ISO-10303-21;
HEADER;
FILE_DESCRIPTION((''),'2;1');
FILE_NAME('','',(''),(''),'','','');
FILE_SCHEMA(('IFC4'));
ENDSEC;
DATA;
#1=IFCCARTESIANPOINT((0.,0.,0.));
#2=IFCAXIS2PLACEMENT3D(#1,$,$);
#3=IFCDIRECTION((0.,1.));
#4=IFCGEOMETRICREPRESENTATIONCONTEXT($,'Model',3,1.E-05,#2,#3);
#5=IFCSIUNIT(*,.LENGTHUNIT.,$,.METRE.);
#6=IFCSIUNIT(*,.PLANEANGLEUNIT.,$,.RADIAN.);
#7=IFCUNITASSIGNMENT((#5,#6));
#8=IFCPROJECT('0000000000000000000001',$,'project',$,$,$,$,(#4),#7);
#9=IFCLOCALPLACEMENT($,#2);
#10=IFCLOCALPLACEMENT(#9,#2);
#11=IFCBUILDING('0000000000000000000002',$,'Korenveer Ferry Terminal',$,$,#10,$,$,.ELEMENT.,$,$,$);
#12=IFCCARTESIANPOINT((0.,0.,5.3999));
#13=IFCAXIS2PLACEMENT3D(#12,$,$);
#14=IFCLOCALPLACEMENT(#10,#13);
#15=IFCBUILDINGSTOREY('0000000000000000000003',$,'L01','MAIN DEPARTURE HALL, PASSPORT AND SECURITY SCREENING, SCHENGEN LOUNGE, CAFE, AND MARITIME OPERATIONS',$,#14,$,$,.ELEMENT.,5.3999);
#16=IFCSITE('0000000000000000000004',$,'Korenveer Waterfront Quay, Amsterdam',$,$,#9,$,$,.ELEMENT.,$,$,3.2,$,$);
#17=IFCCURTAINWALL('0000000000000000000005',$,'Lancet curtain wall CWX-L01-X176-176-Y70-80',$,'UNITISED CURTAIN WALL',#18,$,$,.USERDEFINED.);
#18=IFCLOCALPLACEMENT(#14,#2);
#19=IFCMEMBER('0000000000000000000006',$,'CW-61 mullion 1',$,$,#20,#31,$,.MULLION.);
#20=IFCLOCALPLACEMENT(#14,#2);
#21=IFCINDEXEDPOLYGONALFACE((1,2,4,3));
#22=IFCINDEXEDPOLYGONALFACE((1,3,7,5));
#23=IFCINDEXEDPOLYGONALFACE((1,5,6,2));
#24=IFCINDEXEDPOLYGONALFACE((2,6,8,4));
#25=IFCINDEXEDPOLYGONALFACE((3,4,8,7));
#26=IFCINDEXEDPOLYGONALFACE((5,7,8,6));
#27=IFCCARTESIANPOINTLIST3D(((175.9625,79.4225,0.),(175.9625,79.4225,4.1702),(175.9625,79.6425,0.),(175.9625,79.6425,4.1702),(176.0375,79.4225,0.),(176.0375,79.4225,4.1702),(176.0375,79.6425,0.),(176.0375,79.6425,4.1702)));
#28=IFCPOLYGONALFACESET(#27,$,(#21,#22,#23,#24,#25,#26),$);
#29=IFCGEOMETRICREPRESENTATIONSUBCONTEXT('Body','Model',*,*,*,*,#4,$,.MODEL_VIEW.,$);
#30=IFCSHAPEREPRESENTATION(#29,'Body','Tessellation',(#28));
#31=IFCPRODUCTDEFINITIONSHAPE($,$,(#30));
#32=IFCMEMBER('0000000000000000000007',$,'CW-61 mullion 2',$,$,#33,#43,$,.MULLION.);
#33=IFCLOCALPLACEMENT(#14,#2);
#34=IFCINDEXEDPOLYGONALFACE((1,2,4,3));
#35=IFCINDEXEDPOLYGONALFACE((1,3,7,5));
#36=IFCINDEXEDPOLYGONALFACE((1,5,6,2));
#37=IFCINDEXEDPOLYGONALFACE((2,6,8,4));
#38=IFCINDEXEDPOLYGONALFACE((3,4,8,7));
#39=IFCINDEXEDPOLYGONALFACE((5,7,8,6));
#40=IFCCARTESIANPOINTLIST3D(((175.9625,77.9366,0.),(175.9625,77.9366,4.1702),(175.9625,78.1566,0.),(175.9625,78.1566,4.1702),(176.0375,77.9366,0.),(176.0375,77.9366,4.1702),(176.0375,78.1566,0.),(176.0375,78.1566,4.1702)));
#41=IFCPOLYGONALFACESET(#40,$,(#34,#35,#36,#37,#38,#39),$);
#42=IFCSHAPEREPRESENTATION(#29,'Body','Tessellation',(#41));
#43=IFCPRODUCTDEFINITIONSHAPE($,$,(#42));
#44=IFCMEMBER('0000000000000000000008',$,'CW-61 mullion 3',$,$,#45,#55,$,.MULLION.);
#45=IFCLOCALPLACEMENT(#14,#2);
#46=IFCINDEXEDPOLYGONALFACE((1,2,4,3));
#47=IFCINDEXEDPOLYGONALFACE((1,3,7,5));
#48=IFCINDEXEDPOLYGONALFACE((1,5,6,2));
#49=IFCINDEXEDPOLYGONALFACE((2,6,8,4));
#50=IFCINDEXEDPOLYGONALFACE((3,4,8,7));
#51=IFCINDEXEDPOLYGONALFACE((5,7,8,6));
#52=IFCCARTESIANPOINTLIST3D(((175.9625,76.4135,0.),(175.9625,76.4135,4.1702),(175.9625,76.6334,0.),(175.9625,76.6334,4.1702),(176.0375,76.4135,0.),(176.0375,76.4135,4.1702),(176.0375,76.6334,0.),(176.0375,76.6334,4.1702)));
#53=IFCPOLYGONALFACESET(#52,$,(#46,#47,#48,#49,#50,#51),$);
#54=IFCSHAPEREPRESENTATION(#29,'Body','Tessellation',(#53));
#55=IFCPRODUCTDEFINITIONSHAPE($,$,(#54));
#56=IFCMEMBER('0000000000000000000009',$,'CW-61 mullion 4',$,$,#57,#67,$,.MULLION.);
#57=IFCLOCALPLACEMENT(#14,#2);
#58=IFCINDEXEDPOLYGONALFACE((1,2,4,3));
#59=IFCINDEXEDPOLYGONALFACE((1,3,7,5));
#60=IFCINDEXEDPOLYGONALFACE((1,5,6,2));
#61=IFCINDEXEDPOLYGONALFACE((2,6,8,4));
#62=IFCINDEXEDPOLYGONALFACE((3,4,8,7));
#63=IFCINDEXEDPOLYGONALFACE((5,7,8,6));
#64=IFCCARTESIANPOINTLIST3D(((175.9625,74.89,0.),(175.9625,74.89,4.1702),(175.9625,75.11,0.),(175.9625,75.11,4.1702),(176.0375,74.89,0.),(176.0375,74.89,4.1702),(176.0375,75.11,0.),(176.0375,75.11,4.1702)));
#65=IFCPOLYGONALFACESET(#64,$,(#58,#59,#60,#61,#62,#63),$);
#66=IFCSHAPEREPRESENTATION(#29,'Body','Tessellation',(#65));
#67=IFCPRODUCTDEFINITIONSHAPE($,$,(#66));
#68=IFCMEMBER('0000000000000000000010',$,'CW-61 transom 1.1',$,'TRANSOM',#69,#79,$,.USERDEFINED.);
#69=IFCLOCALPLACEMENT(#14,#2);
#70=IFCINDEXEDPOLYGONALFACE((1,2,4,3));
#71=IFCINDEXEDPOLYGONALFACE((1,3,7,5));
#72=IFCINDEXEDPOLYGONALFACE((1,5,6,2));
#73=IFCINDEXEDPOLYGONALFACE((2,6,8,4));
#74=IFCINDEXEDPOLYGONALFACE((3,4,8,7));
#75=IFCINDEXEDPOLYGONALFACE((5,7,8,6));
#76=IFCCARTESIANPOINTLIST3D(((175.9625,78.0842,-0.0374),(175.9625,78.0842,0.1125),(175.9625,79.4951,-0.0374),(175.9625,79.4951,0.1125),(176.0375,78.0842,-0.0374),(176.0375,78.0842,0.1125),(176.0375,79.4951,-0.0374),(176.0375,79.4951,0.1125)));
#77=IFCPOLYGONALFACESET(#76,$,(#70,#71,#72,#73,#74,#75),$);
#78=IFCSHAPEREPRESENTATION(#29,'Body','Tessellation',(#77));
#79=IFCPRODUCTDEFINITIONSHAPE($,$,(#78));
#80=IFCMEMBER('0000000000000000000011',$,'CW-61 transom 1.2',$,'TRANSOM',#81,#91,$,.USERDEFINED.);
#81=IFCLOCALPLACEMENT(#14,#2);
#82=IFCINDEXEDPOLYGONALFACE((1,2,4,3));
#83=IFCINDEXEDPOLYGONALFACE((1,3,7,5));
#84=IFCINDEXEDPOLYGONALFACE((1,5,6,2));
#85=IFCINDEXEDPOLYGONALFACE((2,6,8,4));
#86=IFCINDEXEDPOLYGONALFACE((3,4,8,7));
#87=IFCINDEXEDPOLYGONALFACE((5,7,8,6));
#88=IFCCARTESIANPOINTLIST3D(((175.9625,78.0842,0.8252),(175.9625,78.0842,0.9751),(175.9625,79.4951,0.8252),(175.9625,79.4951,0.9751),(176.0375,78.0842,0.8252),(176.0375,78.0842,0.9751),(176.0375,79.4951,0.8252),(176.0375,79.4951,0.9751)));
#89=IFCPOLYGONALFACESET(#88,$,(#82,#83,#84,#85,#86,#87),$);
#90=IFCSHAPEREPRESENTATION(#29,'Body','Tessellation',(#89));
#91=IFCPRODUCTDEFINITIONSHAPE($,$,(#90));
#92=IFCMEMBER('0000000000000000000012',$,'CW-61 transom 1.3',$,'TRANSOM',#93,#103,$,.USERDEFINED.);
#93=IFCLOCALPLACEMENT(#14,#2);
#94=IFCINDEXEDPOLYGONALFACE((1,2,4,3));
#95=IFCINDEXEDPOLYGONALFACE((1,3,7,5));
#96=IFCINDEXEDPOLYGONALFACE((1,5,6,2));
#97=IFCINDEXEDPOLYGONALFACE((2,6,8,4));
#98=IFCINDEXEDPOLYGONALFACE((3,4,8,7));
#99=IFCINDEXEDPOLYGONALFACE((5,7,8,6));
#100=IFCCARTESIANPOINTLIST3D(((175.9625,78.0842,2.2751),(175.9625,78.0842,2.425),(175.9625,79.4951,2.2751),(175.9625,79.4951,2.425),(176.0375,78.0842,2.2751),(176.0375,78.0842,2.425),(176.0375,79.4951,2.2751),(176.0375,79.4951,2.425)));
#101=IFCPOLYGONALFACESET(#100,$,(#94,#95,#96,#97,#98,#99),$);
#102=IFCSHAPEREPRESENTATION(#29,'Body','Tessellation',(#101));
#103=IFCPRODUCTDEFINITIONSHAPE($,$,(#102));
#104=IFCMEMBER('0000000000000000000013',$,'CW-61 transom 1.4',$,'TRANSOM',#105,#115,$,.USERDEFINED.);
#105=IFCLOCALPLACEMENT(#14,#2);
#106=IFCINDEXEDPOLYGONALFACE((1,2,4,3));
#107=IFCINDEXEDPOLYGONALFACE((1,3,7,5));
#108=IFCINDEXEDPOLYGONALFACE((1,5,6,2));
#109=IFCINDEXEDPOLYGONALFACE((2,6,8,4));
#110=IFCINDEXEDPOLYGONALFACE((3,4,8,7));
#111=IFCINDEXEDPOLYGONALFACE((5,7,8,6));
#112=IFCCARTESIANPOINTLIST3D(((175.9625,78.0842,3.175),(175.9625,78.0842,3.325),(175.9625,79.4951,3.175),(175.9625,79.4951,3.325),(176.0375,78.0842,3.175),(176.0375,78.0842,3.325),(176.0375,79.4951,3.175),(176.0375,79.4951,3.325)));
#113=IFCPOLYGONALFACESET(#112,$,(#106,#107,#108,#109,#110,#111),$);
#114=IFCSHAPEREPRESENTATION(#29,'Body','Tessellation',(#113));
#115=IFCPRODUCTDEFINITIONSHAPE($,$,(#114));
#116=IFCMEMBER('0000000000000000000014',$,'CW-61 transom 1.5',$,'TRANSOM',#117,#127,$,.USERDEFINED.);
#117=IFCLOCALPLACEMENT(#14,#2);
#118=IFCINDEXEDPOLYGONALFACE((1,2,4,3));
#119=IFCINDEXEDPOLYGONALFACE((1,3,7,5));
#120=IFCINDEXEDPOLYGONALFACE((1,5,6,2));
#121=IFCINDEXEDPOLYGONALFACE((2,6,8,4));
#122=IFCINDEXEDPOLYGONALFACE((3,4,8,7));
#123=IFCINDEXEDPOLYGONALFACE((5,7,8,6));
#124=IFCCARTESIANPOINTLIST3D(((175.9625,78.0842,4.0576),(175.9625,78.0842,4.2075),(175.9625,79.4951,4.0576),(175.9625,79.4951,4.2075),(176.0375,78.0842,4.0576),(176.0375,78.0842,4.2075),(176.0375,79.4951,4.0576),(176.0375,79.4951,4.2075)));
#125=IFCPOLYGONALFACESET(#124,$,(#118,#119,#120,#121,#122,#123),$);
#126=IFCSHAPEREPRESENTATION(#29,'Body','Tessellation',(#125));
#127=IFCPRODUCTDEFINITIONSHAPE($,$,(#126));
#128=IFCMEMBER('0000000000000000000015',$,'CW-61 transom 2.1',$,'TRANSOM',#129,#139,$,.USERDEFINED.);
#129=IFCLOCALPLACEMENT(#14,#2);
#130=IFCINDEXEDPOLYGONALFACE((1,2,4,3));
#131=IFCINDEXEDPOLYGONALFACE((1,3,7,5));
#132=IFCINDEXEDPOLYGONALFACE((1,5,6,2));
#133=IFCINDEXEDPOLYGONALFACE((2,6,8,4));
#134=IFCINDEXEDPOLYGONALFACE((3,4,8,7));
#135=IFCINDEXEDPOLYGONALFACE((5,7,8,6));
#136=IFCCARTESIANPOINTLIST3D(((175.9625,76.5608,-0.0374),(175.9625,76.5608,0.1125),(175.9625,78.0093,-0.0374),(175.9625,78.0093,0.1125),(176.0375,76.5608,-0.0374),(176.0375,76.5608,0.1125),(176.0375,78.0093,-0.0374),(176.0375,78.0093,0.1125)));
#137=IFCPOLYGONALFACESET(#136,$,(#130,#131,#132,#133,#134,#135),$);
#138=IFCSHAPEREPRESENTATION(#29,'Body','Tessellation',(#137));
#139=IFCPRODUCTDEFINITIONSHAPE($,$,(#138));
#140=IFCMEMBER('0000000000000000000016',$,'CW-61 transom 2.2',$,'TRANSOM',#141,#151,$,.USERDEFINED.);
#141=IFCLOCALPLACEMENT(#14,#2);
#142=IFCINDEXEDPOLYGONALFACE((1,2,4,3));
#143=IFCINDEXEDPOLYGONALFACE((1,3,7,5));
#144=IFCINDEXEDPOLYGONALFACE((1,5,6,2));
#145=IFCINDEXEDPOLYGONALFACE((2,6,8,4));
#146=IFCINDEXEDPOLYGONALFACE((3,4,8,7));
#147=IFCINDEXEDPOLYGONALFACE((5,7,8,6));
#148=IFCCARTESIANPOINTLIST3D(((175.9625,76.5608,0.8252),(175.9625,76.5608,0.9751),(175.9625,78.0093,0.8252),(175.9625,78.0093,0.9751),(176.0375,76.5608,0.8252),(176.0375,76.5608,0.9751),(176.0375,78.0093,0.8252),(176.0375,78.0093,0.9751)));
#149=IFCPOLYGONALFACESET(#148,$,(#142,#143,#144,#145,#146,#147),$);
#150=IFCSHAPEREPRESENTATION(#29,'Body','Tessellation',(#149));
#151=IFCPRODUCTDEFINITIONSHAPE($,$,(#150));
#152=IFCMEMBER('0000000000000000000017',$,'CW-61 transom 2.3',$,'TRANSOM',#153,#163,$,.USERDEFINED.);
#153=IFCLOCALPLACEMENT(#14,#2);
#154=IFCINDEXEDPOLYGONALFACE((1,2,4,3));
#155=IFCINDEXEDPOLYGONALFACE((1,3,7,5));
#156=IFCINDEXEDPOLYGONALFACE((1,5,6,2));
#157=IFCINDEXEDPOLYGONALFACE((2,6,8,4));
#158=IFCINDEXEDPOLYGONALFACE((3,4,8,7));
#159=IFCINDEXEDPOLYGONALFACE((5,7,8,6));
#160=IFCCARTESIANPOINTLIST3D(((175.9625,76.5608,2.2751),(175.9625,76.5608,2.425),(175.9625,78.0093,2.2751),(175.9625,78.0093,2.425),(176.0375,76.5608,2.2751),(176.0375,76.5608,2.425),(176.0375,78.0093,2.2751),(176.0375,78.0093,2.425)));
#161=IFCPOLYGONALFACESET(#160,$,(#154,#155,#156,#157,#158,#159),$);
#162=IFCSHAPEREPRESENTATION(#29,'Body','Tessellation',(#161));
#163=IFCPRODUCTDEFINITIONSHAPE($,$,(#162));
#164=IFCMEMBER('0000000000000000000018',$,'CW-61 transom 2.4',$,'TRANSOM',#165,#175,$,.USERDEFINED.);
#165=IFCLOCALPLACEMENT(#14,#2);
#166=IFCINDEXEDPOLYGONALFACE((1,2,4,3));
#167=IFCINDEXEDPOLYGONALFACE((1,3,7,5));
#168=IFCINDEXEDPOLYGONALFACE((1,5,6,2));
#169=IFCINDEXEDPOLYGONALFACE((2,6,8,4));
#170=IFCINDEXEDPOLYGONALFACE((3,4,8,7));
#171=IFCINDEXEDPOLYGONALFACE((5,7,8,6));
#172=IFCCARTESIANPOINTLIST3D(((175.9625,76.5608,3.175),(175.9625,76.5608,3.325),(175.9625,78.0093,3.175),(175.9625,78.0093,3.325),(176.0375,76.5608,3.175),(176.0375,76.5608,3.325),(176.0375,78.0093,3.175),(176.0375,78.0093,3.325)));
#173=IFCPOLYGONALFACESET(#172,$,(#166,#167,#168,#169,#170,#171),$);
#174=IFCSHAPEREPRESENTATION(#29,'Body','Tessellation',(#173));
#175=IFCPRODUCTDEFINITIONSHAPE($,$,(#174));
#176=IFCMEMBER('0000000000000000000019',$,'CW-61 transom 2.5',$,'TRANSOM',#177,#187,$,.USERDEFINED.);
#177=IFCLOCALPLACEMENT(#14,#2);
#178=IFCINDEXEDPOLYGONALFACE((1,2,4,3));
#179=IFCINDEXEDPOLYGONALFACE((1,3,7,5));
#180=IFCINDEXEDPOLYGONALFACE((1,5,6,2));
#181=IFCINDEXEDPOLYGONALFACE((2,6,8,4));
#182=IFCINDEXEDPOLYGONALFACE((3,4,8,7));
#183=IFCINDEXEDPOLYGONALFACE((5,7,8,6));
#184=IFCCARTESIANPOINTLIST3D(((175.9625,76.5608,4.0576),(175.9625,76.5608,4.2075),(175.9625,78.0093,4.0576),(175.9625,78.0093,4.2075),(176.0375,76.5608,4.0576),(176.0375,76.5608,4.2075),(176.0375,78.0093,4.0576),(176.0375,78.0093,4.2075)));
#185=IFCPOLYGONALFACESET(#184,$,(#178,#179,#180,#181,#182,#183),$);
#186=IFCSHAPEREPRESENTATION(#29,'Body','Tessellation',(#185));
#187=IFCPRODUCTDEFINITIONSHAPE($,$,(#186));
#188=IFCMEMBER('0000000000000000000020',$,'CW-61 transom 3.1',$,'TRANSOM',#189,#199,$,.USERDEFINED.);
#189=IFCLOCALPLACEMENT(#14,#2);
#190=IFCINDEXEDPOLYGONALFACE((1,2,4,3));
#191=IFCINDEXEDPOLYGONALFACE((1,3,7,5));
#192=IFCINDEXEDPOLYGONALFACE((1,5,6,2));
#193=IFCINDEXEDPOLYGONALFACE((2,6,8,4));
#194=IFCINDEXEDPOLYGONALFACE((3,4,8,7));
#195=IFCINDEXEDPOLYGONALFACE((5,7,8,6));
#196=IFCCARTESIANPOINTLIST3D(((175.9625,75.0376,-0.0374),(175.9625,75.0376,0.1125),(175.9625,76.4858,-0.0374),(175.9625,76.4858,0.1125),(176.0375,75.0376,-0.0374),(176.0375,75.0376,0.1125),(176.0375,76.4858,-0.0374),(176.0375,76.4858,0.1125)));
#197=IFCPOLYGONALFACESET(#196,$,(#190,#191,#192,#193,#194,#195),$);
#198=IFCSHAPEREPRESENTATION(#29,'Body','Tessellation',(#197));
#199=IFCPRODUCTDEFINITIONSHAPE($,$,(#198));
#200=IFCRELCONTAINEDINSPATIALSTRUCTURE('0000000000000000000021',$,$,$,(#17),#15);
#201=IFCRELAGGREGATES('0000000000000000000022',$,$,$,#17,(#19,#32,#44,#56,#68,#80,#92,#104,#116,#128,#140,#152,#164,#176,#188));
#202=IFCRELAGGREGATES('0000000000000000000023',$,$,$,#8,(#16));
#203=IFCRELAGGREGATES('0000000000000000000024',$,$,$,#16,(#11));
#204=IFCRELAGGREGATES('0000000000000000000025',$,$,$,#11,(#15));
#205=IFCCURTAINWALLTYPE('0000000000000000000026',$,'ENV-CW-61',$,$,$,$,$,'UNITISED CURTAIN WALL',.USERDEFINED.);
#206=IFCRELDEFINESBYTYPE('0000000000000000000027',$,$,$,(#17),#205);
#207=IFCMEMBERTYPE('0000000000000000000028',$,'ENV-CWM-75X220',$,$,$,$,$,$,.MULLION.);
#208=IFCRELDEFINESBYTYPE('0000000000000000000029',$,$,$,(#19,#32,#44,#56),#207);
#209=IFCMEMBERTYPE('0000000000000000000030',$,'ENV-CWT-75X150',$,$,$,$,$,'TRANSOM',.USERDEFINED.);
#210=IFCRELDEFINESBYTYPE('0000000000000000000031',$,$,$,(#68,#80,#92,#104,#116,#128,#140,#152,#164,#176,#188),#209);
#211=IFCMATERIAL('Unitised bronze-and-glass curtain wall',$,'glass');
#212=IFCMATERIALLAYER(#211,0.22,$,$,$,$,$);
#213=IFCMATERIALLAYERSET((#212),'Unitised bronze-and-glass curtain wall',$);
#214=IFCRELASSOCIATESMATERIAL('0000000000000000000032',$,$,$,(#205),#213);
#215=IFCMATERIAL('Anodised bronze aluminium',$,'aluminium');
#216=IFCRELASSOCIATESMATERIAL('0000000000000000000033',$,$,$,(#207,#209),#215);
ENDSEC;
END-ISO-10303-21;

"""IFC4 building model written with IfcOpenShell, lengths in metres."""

from ifc_helpers import new_model, si_unit, direction, frame, origin, origin_2d, place, context, subcontext, project, spatial, rectangle, extrude, material, layer, layer_set, material_profile, profile_set, type_object, element, aggregate, save


model = new_model("IFC4")

# Units and contexts
model_context = context("Model", 3, precision=1e-05, world=origin(), true_north=direction((0.0, 1.0)))
body_context = subcontext(model_context, "Body", "Model", "MODEL_VIEW")
ifc_project = project(units=[si_unit("LENGTHUNIT", "METRE"), si_unit("PLANEANGLEUNIT", "RADIAN")], contexts=[model_context])

# Site, building, storey
site_placement = place(None, origin())
site = spatial("IfcSite", under=ifc_project, at=site_placement, Name="Korenveer Waterfront Quay, Amsterdam", CompositionType="ELEMENT", RefElevation=3.2)
building_placement = place(site_placement, origin())
building = spatial("IfcBuilding", under=site, at=building_placement, Name="Korenveer Ferry Terminal", CompositionType="ELEMENT")
storey_placement = place(building_placement, frame((0.0, 0.0, 5.3999)))
storey = spatial("IfcBuildingStorey", under=building, at=storey_placement, Name="L01", Description="MAIN DEPARTURE HALL, PASSPORT AND SECURITY SCREENING, SCHENGEN LOUNGE, CAFE, AND MARITIME OPERATIONS", CompositionType="ELEMENT", Elevation=5.3999)

# Curtain wall, members
ifc_material_1 = material(Name="Unitised bronze-and-glass curtain wall", Category="glass")
ifc_layer_1 = layer(ifc_material_1, 0.22)
ifc_layer_set_1 = layer_set([ifc_layer_1], Name="Unitised bronze-and-glass curtain wall")
curtain_wall_type = type_object("IfcCurtainWallType", Name="ENV-CW-61", ElementType="UNITISED CURTAIN WALL", PredefinedType="USERDEFINED", material=ifc_layer_set_1)
curtain_wall_placement = place(storey_placement, frame((176.0, 79.5701, 0.0)))
curtain_wall = element("IfcCurtainWall", 1, at=curtain_wall_placement, inside=storey, type_object=curtain_wall_type, Name="Lancet curtain wall CWX-L01-X176-176-Y70-80", ObjectType="UNITISED CURTAIN WALL", PredefinedType="USERDEFINED")
ifc_material_2 = material(Name="Anodised bronze aluminium", Category="aluminium")
ifc_material_profile_1 = material_profile(ifc_material_2, rectangle(XDim=0.075, YDim=0.22, at=origin_2d()), Name="ALU 75x220")
ifc_profile_set_1 = profile_set([ifc_material_profile_1], Name="Anodised bronze aluminium")
member_type_1 = type_object("IfcMemberType", Name="ENV-CWM-75X220", PredefinedType="MULLION", material=ifc_profile_set_1)
member_1_placement = place(storey_placement, frame((176.0, 79.5325, 0.0), z_axis=(0.0, 0.0, 1.0), x_axis=(1.0, 0.0, 0.0)))
member_1 = element("IfcMember", 2, at=member_1_placement, type_object=member_type_1, Name="CW-61 mullion 1", PredefinedType="MULLION", context=body_context, shape_type="SweptSolid", body=[
    extrude(rectangle(XDim=0.075, YDim=0.22, at=origin_2d()), origin(), (0.0, 0.0, 1.0), 4.1702),
])
member_2_placement = place(storey_placement, frame((176.0, 78.0466, 0.0), z_axis=(0.0, 0.0, 1.0), x_axis=(1.0, 0.0, 0.0)))
member_2 = element("IfcMember", 3, at=member_2_placement, type_object=member_type_1, Name="CW-61 mullion 2", PredefinedType="MULLION", context=body_context, shape_type="SweptSolid", body=[
    extrude(rectangle(XDim=0.075, YDim=0.22, at=origin_2d()), origin(), (0.0, 0.0, 1.0), 4.1702),
])
member_3_placement = place(storey_placement, frame((176.0, 76.5234, 0.0), z_axis=(0.0, 0.0, 1.0), x_axis=(1.0, 0.0, 0.0)))
member_3 = element("IfcMember", 4, at=member_3_placement, type_object=member_type_1, Name="CW-61 mullion 3", PredefinedType="MULLION", context=body_context, shape_type="SweptSolid", body=[
    extrude(rectangle(XDim=0.075, YDim=0.22, at=origin_2d()), origin(), (0.0, 0.0, 1.0), 4.1702),
])
member_4_placement = place(storey_placement, frame((176.0, 75.0, 0.0), z_axis=(0.0, 0.0, 1.0), x_axis=(1.0, 0.0, 0.0)))
member_4 = element("IfcMember", 5, at=member_4_placement, type_object=member_type_1, Name="CW-61 mullion 4", PredefinedType="MULLION", context=body_context, shape_type="SweptSolid", body=[
    extrude(rectangle(XDim=0.075, YDim=0.22, at=origin_2d()), origin(), (0.0, 0.0, 1.0), 4.1702),
])
ifc_material_profile_2 = material_profile(ifc_material_2, rectangle(XDim=0.075, YDim=0.1499, at=origin_2d()), Name="ALU 75x150")
ifc_profile_set_2 = profile_set([ifc_material_profile_2], Name="Anodised bronze aluminium")
member_type_2 = type_object("IfcMemberType", Name="ENV-CWT-75X150", ElementType="TRANSOM", PredefinedType="USERDEFINED", material=ifc_profile_set_2)
member_5_placement = place(storey_placement, frame((176.0, 79.4951, 0.0376), z_axis=(0.0, -1.0, 0.0), x_axis=(1.0, 0.0, 0.0)))
member_5 = element("IfcMember", 6, at=member_5_placement, type_object=member_type_2, Name="CW-61 transom 1.1", ObjectType="TRANSOM", PredefinedType="USERDEFINED", context=body_context, shape_type="SweptSolid", body=[
    extrude(rectangle(XDim=0.075, YDim=0.1499, at=origin_2d()), origin(), (0.0, 0.0, 1.0), 1.4109),
])
member_6_placement = place(storey_placement, frame((176.0, 79.4951, 0.9001), z_axis=(0.0, -1.0, 0.0), x_axis=(1.0, 0.0, 0.0)))
member_6 = element("IfcMember", 7, at=member_6_placement, type_object=member_type_2, Name="CW-61 transom 1.2", ObjectType="TRANSOM", PredefinedType="USERDEFINED", context=body_context, shape_type="SweptSolid", body=[
    extrude(rectangle(XDim=0.075, YDim=0.1499, at=origin_2d()), origin(), (0.0, 0.0, 1.0), 1.4109),
])
member_7_placement = place(storey_placement, frame((176.0, 79.4951, 2.3501), z_axis=(0.0, -1.0, 0.0), x_axis=(1.0, 0.0, 0.0)))
member_7 = element("IfcMember", 8, at=member_7_placement, type_object=member_type_2, Name="CW-61 transom 1.3", ObjectType="TRANSOM", PredefinedType="USERDEFINED", context=body_context, shape_type="SweptSolid", body=[
    extrude(rectangle(XDim=0.075, YDim=0.1499, at=origin_2d()), origin(), (0.0, 0.0, 1.0), 1.4109),
])
member_8_placement = place(storey_placement, frame((176.0, 79.4951, 3.25), z_axis=(0.0, -1.0, 0.0), x_axis=(1.0, 0.0, 0.0)))
member_8 = element("IfcMember", 9, at=member_8_placement, type_object=member_type_2, Name="CW-61 transom 1.4", ObjectType="TRANSOM", PredefinedType="USERDEFINED", context=body_context, shape_type="SweptSolid", body=[
    extrude(rectangle(XDim=0.075, YDim=0.1499, at=origin_2d()), origin(), (0.0, 0.0, 1.0), 1.4109),
])
member_9_placement = place(storey_placement, frame((176.0, 79.4951, 4.1326), z_axis=(0.0, -1.0, 0.0), x_axis=(1.0, 0.0, 0.0)))
member_9 = element("IfcMember", 10, at=member_9_placement, type_object=member_type_2, Name="CW-61 transom 1.5", ObjectType="TRANSOM", PredefinedType="USERDEFINED", context=body_context, shape_type="SweptSolid", body=[
    extrude(rectangle(XDim=0.075, YDim=0.1499, at=origin_2d()), origin(), (0.0, 0.0, 1.0), 1.4109),
])
member_10_placement = place(storey_placement, frame((176.0, 78.0093, 0.0376), z_axis=(0.0, -1.0, 0.0), x_axis=(1.0, 0.0, 0.0)))
member_10 = element("IfcMember", 11, at=member_10_placement, type_object=member_type_2, Name="CW-61 transom 2.1", ObjectType="TRANSOM", PredefinedType="USERDEFINED", context=body_context, shape_type="SweptSolid", body=[
    extrude(rectangle(XDim=0.075, YDim=0.1499, at=origin_2d()), origin(), (0.0, 0.0, 1.0), 1.4485),
])
member_11_placement = place(storey_placement, frame((176.0, 78.0093, 0.9001), z_axis=(0.0, -1.0, 0.0), x_axis=(1.0, 0.0, 0.0)))
member_11 = element("IfcMember", 12, at=member_11_placement, type_object=member_type_2, Name="CW-61 transom 2.2", ObjectType="TRANSOM", PredefinedType="USERDEFINED", context=body_context, shape_type="SweptSolid", body=[
    extrude(rectangle(XDim=0.075, YDim=0.1499, at=origin_2d()), origin(), (0.0, 0.0, 1.0), 1.4485),
])
member_12_placement = place(storey_placement, frame((176.0, 78.0093, 2.3501), z_axis=(0.0, -1.0, 0.0), x_axis=(1.0, 0.0, 0.0)))
member_12 = element("IfcMember", 13, at=member_12_placement, type_object=member_type_2, Name="CW-61 transom 2.3", ObjectType="TRANSOM", PredefinedType="USERDEFINED", context=body_context, shape_type="SweptSolid", body=[
    extrude(rectangle(XDim=0.075, YDim=0.1499, at=origin_2d()), origin(), (0.0, 0.0, 1.0), 1.4485),
])
member_13_placement = place(storey_placement, frame((176.0, 78.0093, 3.25), z_axis=(0.0, -1.0, 0.0), x_axis=(1.0, 0.0, 0.0)))
member_13 = element("IfcMember", 14, at=member_13_placement, type_object=member_type_2, Name="CW-61 transom 2.4", ObjectType="TRANSOM", PredefinedType="USERDEFINED", context=body_context, shape_type="SweptSolid", body=[
    extrude(rectangle(XDim=0.075, YDim=0.1499, at=origin_2d()), origin(), (0.0, 0.0, 1.0), 1.4485),
])
member_14_placement = place(storey_placement, frame((176.0, 78.0093, 4.1326), z_axis=(0.0, -1.0, 0.0), x_axis=(1.0, 0.0, 0.0)))
member_14 = element("IfcMember", 15, at=member_14_placement, type_object=member_type_2, Name="CW-61 transom 2.5", ObjectType="TRANSOM", PredefinedType="USERDEFINED", context=body_context, shape_type="SweptSolid", body=[
    extrude(rectangle(XDim=0.075, YDim=0.1499, at=origin_2d()), origin(), (0.0, 0.0, 1.0), 1.4485),
])
member_15_placement = place(storey_placement, frame((176.0, 76.4858, 0.0376), z_axis=(0.0, -1.0, 0.0), x_axis=(1.0, 0.0, 0.0)))
member_15 = element("IfcMember", 16, at=member_15_placement, type_object=member_type_2, Name="CW-61 transom 3.1", ObjectType="TRANSOM", PredefinedType="USERDEFINED", context=body_context, shape_type="SweptSolid", body=[
    extrude(rectangle(XDim=0.075, YDim=0.1499, at=origin_2d()), origin(), (0.0, 0.0, 1.0), 1.4482),
])
aggregate(curtain_wall, [member_1, member_2, member_3, member_4, member_5, member_6, member_7, member_8, member_9, member_10, member_11, member_12, member_13, member_14, member_15])

save(model, "model.ifc")
